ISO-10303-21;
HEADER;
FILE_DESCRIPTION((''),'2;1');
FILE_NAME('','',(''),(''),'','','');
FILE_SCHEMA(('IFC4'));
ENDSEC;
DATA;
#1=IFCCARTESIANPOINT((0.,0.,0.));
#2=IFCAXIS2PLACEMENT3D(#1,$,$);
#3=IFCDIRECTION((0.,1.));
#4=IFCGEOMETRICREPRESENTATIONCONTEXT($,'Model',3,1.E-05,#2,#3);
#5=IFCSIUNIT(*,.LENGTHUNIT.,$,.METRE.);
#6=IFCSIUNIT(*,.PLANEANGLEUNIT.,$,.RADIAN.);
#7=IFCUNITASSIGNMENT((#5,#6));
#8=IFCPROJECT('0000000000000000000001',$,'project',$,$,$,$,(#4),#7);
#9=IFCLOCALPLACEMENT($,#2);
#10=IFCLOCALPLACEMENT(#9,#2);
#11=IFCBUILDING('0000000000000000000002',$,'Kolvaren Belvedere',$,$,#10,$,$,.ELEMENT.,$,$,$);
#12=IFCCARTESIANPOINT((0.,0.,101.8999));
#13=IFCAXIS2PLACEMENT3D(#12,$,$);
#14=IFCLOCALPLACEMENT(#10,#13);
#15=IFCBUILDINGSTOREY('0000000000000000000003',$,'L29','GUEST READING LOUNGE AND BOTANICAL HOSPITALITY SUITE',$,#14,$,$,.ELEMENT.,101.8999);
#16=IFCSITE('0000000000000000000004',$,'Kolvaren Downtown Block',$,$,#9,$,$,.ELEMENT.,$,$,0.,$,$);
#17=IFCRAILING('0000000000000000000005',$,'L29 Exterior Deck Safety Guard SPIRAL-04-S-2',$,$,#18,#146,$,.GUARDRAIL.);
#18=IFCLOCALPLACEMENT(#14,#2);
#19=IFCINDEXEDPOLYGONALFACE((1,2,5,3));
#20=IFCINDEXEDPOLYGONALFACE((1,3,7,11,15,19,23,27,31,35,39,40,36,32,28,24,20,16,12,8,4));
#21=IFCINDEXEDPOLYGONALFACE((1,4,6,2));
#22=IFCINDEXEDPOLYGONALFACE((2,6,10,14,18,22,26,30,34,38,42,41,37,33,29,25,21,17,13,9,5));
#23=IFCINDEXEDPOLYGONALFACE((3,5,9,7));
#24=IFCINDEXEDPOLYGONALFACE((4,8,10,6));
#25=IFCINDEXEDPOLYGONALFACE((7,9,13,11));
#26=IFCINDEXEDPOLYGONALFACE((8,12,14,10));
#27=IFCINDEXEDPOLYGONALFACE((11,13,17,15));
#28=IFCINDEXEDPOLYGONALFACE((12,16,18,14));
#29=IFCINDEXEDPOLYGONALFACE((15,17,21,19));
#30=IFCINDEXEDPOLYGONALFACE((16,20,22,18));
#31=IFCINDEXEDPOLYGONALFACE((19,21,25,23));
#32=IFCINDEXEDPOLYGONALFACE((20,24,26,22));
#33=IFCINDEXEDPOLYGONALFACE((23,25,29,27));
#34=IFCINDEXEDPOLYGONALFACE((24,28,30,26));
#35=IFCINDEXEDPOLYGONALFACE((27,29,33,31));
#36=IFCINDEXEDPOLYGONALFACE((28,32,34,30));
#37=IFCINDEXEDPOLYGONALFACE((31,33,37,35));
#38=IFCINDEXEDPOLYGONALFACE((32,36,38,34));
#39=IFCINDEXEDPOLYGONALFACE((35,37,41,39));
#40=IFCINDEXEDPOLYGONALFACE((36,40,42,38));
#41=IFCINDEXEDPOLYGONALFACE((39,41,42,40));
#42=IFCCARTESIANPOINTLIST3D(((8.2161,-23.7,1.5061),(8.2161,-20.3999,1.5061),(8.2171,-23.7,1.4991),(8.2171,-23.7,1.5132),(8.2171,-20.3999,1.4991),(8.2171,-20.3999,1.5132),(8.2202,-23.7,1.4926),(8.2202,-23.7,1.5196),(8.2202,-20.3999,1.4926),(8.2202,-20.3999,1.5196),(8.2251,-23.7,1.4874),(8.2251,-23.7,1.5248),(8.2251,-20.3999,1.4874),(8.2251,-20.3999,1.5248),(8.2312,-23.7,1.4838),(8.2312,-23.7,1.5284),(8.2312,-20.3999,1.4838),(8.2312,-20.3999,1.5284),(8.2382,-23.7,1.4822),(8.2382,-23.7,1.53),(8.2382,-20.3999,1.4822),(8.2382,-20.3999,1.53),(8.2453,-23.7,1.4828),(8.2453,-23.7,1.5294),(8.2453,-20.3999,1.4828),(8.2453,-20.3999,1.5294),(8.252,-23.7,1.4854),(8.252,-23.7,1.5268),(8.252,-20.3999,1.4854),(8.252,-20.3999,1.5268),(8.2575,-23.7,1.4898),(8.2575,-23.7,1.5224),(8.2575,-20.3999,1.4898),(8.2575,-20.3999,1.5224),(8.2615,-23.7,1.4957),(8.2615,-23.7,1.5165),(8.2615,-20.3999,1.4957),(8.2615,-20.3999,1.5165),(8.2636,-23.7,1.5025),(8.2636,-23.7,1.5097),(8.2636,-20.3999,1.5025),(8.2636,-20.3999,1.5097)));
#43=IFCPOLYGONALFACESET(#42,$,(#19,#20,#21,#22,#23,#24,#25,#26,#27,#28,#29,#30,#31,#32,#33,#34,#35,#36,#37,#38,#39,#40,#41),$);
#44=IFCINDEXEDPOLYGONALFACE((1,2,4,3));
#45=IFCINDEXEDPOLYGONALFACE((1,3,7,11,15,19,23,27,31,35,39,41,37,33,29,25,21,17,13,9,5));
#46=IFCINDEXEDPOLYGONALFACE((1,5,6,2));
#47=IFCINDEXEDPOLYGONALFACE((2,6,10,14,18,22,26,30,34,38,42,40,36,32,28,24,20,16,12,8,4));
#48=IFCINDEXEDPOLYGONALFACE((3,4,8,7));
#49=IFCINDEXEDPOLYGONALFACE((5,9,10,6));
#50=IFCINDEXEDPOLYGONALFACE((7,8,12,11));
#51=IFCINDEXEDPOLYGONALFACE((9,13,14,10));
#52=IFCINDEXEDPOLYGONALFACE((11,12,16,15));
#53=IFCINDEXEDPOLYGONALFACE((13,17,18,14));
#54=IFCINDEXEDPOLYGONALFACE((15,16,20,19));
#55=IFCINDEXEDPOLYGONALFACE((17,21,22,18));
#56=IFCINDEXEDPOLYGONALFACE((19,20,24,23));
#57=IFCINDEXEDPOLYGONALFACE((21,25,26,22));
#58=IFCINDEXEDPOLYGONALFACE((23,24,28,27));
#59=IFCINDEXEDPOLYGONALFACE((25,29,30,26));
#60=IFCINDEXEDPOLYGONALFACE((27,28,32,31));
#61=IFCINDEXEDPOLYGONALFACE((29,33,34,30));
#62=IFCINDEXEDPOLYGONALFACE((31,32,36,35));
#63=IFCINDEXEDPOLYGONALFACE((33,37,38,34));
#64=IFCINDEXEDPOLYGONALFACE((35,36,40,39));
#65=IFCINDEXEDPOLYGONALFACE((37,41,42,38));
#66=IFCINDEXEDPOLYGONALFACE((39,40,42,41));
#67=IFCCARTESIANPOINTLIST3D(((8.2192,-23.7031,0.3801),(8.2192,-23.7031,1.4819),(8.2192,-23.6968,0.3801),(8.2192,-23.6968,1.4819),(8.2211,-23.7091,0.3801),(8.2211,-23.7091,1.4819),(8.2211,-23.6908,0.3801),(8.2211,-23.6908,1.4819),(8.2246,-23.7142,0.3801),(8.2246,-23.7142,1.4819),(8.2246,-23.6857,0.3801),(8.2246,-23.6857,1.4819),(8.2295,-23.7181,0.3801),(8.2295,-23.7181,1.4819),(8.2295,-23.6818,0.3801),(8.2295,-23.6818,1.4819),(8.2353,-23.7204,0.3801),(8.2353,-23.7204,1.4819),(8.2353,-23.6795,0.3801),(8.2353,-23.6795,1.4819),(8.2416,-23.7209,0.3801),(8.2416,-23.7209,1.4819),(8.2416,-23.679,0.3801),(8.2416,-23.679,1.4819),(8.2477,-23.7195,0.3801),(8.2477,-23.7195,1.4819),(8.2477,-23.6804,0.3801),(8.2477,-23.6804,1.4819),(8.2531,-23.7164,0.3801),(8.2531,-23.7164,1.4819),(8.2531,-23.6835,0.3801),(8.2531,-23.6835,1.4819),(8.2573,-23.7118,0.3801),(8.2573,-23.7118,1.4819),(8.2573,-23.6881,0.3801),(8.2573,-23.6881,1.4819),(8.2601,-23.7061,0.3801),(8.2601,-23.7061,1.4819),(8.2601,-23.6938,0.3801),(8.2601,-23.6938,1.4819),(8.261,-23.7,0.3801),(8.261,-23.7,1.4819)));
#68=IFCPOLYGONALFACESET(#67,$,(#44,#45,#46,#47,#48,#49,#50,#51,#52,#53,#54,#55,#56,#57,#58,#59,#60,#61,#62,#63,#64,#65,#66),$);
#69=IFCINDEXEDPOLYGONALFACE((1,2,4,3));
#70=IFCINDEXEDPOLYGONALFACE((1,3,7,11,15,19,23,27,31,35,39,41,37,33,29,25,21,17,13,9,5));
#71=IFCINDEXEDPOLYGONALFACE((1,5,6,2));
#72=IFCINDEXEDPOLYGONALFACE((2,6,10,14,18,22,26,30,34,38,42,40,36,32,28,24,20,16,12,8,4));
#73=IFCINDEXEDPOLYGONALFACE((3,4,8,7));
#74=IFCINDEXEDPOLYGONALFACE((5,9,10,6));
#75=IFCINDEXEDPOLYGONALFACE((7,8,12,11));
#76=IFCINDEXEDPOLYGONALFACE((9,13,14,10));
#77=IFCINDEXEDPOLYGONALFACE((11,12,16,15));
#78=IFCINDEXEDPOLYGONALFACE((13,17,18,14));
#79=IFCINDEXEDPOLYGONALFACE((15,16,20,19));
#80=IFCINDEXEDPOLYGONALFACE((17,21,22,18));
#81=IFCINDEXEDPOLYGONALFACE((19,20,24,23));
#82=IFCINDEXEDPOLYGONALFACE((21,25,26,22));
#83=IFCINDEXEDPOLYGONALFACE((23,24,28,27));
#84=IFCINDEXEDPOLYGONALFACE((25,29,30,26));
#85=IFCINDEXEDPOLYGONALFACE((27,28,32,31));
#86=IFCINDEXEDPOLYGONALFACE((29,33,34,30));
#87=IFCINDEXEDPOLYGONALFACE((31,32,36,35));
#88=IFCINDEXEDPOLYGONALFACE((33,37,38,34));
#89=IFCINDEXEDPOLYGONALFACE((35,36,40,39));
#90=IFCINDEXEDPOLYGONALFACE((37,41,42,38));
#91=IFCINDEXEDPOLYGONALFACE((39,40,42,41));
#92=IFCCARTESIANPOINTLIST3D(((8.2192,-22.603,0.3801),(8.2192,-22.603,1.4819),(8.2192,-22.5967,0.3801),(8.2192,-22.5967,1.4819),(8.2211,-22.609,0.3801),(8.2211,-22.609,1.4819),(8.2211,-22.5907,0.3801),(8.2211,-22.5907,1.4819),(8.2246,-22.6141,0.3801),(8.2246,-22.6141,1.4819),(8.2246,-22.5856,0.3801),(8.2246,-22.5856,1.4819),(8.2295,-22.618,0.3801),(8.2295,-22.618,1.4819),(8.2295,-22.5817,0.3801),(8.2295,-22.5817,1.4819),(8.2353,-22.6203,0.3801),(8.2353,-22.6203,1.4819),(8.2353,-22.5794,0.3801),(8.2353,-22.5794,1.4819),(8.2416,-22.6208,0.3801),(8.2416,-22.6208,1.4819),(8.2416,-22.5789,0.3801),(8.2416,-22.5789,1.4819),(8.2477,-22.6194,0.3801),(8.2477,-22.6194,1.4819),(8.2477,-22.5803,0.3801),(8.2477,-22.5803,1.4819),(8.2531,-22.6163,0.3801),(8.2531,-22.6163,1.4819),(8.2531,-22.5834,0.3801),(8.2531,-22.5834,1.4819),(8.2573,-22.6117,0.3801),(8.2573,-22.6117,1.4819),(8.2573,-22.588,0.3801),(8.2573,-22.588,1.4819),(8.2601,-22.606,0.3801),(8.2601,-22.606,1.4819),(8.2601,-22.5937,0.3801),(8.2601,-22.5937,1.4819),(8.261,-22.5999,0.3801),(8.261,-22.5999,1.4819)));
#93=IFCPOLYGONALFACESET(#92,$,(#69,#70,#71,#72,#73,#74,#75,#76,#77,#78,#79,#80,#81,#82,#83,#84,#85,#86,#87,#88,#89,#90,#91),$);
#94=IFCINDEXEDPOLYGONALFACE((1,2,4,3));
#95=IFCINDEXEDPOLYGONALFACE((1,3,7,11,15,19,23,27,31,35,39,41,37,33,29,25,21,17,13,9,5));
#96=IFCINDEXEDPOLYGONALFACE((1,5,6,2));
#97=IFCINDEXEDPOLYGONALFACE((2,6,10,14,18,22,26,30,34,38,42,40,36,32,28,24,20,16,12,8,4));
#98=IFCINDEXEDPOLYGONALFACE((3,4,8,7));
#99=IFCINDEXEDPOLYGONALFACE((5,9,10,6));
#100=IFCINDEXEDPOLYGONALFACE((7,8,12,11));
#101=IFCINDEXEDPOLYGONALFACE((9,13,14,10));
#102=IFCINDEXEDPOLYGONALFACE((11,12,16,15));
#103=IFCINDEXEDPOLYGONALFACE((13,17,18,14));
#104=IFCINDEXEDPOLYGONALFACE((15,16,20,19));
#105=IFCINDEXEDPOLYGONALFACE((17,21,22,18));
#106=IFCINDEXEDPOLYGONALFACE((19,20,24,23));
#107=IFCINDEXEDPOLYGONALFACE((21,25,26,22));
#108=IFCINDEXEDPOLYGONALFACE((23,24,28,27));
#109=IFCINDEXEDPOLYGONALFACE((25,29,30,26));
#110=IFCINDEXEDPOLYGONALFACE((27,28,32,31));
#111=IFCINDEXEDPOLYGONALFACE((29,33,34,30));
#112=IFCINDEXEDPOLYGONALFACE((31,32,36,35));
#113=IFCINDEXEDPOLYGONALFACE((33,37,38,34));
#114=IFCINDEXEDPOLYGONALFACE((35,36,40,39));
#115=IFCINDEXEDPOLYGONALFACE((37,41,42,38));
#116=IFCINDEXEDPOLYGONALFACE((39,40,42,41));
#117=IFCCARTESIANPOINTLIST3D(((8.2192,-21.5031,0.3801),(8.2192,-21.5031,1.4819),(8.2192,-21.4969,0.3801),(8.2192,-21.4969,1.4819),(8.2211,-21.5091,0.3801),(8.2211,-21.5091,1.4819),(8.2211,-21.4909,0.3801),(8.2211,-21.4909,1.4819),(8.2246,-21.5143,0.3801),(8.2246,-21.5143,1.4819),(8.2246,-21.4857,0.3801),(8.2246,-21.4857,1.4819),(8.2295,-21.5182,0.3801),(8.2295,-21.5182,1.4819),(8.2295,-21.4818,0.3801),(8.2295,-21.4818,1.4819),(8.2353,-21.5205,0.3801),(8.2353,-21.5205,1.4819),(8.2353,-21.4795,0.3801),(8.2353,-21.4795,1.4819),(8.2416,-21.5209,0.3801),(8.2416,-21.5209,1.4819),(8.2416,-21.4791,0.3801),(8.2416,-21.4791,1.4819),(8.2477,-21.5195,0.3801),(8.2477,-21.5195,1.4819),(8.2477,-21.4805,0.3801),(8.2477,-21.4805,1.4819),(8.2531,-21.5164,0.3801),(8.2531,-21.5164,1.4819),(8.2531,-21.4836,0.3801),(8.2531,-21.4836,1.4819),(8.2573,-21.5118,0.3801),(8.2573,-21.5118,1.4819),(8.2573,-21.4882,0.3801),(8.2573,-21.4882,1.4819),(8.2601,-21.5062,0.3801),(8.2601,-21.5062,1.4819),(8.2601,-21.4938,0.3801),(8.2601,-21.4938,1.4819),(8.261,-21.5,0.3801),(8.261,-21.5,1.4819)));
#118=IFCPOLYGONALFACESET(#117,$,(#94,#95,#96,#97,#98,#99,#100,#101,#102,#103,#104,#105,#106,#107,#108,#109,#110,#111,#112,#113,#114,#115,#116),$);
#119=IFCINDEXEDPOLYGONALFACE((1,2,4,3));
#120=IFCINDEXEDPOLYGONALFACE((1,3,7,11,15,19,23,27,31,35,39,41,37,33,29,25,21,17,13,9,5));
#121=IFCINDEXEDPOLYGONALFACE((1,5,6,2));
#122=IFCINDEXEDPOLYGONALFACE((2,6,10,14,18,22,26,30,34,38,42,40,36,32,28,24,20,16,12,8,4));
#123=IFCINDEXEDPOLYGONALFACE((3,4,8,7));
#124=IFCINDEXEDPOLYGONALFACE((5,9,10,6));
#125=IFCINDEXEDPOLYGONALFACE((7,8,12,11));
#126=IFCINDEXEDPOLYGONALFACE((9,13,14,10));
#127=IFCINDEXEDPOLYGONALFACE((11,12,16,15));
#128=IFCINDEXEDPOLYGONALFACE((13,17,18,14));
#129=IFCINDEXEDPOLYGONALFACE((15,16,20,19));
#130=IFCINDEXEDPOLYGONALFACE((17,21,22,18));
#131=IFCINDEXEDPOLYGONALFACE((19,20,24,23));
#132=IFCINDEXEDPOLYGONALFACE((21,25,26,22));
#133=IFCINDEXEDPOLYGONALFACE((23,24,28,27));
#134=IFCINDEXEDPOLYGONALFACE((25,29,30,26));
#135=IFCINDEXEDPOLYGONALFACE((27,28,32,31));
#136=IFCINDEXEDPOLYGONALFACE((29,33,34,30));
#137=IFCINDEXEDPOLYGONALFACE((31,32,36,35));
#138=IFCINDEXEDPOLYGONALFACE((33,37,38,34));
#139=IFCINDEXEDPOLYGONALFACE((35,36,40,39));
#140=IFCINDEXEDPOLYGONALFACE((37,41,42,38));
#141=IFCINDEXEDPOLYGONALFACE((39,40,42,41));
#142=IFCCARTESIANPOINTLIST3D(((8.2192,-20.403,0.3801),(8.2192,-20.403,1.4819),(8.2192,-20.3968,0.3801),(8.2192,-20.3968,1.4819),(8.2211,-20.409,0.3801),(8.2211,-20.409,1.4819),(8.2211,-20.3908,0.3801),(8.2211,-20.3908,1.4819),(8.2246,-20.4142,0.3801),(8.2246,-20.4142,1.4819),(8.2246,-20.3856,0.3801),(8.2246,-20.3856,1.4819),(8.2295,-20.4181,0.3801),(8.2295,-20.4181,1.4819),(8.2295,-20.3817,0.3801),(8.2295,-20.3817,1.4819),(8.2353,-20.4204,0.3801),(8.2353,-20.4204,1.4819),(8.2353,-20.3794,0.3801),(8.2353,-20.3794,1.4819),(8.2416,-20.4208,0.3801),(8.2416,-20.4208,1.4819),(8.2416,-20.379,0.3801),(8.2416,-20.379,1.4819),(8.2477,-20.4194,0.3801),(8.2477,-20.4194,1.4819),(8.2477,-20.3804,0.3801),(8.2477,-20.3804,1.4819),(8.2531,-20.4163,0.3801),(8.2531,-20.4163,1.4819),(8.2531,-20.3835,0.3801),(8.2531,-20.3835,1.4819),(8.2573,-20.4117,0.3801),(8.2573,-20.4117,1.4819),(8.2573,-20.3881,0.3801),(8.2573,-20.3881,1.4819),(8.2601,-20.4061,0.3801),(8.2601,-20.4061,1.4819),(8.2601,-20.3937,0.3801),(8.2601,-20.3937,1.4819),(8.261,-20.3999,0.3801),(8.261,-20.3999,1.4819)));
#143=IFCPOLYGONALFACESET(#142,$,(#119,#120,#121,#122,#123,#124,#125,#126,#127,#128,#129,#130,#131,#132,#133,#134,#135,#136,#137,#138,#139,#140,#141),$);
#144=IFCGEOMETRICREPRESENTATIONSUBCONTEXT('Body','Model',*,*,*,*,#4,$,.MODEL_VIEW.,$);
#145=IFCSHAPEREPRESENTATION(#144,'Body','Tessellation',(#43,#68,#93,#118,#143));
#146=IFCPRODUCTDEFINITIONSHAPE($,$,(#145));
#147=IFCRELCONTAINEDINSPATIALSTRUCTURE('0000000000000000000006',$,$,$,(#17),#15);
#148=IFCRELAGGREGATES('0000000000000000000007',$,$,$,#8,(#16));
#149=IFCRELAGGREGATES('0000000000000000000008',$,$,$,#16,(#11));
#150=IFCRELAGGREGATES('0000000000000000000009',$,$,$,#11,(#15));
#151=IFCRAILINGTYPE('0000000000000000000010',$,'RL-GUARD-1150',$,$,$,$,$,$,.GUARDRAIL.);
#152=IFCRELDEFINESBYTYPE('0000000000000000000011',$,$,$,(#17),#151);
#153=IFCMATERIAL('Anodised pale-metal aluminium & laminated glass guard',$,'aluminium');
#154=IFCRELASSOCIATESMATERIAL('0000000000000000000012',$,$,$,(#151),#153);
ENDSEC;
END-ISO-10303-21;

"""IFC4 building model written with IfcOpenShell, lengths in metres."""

from ifc_helpers import new_model, si_unit, direction, frame, origin, origin_2d, place, context, subcontext, project, spatial, circle, extrude, material, type_object, element, save


model = new_model("IFC4")

# Units and contexts
model_context = context("Model", 3, precision=1e-05, world=origin(), true_north=direction((0.0, 1.0)))
body_context = subcontext(model_context, "Body", "Model", "MODEL_VIEW")
ifc_project = project(units=[si_unit("LENGTHUNIT", "METRE"), si_unit("PLANEANGLEUNIT", "RADIAN")], contexts=[model_context])

# Site, building, storey
site_placement = place(None, origin())
site = spatial("IfcSite", under=ifc_project, at=site_placement, Name="Kolvaren Downtown Block", CompositionType="ELEMENT", RefElevation=0.0)
building_placement = place(site_placement, origin())
building = spatial("IfcBuilding", under=site, at=building_placement, Name="Kolvaren Belvedere", CompositionType="ELEMENT")
storey_placement = place(building_placement, frame((0.0, 0.0, 101.8999)))
storey = spatial("IfcBuildingStorey", under=building, at=storey_placement, Name="L29", Description="GUEST READING LOUNGE AND BOTANICAL HOSPITALITY SUITE", CompositionType="ELEMENT", Elevation=101.8999)

# Railing
ifc_material_1 = material(Name="Anodised pale-metal aluminium & laminated glass guard", Category="aluminium")
railing_type = type_object("IfcRailingType", Name="RL-GUARD-1150", PredefinedType="GUARDRAIL", material=ifc_material_1)
railing_placement = place(storey_placement, frame((8.24, -23.7, 0.3801)))
element("IfcRailing", 1, at=railing_placement, inside=storey, type_object=railing_type, Name="L29 Exterior Deck Safety Guard SPIRAL-04-S-2", PredefinedType="GUARDRAIL", context=body_context, shape_type="SweptSolid", body=[
    extrude(circle(Radius=0.0239, at=origin_2d()), frame((0.0, 0.0, 1.126), z_axis=(0.0, 1.0, 0.0), x_axis=(-1.0, 0.0, 0.0)), (0.0, 0.0, 1.0), 3.3),
    extrude(circle(Radius=0.021, at=origin_2d()), origin(), (0.0, 0.0, 1.0), 1.1018),
    extrude(circle(Radius=0.021, at=origin_2d()), frame((0.0, 1.1001, 0.0)), (0.0, 0.0, 1.0), 1.1018),
    extrude(circle(Radius=0.021, at=origin_2d()), frame((0.0, 2.2, 0.0)), (0.0, 0.0, 1.0), 1.1018),
    extrude(circle(Radius=0.021, at=origin_2d()), frame((0.0, 3.3, 0.0)), (0.0, 0.0, 1.0), 1.1018),
])

save(model, "model.ifc")
